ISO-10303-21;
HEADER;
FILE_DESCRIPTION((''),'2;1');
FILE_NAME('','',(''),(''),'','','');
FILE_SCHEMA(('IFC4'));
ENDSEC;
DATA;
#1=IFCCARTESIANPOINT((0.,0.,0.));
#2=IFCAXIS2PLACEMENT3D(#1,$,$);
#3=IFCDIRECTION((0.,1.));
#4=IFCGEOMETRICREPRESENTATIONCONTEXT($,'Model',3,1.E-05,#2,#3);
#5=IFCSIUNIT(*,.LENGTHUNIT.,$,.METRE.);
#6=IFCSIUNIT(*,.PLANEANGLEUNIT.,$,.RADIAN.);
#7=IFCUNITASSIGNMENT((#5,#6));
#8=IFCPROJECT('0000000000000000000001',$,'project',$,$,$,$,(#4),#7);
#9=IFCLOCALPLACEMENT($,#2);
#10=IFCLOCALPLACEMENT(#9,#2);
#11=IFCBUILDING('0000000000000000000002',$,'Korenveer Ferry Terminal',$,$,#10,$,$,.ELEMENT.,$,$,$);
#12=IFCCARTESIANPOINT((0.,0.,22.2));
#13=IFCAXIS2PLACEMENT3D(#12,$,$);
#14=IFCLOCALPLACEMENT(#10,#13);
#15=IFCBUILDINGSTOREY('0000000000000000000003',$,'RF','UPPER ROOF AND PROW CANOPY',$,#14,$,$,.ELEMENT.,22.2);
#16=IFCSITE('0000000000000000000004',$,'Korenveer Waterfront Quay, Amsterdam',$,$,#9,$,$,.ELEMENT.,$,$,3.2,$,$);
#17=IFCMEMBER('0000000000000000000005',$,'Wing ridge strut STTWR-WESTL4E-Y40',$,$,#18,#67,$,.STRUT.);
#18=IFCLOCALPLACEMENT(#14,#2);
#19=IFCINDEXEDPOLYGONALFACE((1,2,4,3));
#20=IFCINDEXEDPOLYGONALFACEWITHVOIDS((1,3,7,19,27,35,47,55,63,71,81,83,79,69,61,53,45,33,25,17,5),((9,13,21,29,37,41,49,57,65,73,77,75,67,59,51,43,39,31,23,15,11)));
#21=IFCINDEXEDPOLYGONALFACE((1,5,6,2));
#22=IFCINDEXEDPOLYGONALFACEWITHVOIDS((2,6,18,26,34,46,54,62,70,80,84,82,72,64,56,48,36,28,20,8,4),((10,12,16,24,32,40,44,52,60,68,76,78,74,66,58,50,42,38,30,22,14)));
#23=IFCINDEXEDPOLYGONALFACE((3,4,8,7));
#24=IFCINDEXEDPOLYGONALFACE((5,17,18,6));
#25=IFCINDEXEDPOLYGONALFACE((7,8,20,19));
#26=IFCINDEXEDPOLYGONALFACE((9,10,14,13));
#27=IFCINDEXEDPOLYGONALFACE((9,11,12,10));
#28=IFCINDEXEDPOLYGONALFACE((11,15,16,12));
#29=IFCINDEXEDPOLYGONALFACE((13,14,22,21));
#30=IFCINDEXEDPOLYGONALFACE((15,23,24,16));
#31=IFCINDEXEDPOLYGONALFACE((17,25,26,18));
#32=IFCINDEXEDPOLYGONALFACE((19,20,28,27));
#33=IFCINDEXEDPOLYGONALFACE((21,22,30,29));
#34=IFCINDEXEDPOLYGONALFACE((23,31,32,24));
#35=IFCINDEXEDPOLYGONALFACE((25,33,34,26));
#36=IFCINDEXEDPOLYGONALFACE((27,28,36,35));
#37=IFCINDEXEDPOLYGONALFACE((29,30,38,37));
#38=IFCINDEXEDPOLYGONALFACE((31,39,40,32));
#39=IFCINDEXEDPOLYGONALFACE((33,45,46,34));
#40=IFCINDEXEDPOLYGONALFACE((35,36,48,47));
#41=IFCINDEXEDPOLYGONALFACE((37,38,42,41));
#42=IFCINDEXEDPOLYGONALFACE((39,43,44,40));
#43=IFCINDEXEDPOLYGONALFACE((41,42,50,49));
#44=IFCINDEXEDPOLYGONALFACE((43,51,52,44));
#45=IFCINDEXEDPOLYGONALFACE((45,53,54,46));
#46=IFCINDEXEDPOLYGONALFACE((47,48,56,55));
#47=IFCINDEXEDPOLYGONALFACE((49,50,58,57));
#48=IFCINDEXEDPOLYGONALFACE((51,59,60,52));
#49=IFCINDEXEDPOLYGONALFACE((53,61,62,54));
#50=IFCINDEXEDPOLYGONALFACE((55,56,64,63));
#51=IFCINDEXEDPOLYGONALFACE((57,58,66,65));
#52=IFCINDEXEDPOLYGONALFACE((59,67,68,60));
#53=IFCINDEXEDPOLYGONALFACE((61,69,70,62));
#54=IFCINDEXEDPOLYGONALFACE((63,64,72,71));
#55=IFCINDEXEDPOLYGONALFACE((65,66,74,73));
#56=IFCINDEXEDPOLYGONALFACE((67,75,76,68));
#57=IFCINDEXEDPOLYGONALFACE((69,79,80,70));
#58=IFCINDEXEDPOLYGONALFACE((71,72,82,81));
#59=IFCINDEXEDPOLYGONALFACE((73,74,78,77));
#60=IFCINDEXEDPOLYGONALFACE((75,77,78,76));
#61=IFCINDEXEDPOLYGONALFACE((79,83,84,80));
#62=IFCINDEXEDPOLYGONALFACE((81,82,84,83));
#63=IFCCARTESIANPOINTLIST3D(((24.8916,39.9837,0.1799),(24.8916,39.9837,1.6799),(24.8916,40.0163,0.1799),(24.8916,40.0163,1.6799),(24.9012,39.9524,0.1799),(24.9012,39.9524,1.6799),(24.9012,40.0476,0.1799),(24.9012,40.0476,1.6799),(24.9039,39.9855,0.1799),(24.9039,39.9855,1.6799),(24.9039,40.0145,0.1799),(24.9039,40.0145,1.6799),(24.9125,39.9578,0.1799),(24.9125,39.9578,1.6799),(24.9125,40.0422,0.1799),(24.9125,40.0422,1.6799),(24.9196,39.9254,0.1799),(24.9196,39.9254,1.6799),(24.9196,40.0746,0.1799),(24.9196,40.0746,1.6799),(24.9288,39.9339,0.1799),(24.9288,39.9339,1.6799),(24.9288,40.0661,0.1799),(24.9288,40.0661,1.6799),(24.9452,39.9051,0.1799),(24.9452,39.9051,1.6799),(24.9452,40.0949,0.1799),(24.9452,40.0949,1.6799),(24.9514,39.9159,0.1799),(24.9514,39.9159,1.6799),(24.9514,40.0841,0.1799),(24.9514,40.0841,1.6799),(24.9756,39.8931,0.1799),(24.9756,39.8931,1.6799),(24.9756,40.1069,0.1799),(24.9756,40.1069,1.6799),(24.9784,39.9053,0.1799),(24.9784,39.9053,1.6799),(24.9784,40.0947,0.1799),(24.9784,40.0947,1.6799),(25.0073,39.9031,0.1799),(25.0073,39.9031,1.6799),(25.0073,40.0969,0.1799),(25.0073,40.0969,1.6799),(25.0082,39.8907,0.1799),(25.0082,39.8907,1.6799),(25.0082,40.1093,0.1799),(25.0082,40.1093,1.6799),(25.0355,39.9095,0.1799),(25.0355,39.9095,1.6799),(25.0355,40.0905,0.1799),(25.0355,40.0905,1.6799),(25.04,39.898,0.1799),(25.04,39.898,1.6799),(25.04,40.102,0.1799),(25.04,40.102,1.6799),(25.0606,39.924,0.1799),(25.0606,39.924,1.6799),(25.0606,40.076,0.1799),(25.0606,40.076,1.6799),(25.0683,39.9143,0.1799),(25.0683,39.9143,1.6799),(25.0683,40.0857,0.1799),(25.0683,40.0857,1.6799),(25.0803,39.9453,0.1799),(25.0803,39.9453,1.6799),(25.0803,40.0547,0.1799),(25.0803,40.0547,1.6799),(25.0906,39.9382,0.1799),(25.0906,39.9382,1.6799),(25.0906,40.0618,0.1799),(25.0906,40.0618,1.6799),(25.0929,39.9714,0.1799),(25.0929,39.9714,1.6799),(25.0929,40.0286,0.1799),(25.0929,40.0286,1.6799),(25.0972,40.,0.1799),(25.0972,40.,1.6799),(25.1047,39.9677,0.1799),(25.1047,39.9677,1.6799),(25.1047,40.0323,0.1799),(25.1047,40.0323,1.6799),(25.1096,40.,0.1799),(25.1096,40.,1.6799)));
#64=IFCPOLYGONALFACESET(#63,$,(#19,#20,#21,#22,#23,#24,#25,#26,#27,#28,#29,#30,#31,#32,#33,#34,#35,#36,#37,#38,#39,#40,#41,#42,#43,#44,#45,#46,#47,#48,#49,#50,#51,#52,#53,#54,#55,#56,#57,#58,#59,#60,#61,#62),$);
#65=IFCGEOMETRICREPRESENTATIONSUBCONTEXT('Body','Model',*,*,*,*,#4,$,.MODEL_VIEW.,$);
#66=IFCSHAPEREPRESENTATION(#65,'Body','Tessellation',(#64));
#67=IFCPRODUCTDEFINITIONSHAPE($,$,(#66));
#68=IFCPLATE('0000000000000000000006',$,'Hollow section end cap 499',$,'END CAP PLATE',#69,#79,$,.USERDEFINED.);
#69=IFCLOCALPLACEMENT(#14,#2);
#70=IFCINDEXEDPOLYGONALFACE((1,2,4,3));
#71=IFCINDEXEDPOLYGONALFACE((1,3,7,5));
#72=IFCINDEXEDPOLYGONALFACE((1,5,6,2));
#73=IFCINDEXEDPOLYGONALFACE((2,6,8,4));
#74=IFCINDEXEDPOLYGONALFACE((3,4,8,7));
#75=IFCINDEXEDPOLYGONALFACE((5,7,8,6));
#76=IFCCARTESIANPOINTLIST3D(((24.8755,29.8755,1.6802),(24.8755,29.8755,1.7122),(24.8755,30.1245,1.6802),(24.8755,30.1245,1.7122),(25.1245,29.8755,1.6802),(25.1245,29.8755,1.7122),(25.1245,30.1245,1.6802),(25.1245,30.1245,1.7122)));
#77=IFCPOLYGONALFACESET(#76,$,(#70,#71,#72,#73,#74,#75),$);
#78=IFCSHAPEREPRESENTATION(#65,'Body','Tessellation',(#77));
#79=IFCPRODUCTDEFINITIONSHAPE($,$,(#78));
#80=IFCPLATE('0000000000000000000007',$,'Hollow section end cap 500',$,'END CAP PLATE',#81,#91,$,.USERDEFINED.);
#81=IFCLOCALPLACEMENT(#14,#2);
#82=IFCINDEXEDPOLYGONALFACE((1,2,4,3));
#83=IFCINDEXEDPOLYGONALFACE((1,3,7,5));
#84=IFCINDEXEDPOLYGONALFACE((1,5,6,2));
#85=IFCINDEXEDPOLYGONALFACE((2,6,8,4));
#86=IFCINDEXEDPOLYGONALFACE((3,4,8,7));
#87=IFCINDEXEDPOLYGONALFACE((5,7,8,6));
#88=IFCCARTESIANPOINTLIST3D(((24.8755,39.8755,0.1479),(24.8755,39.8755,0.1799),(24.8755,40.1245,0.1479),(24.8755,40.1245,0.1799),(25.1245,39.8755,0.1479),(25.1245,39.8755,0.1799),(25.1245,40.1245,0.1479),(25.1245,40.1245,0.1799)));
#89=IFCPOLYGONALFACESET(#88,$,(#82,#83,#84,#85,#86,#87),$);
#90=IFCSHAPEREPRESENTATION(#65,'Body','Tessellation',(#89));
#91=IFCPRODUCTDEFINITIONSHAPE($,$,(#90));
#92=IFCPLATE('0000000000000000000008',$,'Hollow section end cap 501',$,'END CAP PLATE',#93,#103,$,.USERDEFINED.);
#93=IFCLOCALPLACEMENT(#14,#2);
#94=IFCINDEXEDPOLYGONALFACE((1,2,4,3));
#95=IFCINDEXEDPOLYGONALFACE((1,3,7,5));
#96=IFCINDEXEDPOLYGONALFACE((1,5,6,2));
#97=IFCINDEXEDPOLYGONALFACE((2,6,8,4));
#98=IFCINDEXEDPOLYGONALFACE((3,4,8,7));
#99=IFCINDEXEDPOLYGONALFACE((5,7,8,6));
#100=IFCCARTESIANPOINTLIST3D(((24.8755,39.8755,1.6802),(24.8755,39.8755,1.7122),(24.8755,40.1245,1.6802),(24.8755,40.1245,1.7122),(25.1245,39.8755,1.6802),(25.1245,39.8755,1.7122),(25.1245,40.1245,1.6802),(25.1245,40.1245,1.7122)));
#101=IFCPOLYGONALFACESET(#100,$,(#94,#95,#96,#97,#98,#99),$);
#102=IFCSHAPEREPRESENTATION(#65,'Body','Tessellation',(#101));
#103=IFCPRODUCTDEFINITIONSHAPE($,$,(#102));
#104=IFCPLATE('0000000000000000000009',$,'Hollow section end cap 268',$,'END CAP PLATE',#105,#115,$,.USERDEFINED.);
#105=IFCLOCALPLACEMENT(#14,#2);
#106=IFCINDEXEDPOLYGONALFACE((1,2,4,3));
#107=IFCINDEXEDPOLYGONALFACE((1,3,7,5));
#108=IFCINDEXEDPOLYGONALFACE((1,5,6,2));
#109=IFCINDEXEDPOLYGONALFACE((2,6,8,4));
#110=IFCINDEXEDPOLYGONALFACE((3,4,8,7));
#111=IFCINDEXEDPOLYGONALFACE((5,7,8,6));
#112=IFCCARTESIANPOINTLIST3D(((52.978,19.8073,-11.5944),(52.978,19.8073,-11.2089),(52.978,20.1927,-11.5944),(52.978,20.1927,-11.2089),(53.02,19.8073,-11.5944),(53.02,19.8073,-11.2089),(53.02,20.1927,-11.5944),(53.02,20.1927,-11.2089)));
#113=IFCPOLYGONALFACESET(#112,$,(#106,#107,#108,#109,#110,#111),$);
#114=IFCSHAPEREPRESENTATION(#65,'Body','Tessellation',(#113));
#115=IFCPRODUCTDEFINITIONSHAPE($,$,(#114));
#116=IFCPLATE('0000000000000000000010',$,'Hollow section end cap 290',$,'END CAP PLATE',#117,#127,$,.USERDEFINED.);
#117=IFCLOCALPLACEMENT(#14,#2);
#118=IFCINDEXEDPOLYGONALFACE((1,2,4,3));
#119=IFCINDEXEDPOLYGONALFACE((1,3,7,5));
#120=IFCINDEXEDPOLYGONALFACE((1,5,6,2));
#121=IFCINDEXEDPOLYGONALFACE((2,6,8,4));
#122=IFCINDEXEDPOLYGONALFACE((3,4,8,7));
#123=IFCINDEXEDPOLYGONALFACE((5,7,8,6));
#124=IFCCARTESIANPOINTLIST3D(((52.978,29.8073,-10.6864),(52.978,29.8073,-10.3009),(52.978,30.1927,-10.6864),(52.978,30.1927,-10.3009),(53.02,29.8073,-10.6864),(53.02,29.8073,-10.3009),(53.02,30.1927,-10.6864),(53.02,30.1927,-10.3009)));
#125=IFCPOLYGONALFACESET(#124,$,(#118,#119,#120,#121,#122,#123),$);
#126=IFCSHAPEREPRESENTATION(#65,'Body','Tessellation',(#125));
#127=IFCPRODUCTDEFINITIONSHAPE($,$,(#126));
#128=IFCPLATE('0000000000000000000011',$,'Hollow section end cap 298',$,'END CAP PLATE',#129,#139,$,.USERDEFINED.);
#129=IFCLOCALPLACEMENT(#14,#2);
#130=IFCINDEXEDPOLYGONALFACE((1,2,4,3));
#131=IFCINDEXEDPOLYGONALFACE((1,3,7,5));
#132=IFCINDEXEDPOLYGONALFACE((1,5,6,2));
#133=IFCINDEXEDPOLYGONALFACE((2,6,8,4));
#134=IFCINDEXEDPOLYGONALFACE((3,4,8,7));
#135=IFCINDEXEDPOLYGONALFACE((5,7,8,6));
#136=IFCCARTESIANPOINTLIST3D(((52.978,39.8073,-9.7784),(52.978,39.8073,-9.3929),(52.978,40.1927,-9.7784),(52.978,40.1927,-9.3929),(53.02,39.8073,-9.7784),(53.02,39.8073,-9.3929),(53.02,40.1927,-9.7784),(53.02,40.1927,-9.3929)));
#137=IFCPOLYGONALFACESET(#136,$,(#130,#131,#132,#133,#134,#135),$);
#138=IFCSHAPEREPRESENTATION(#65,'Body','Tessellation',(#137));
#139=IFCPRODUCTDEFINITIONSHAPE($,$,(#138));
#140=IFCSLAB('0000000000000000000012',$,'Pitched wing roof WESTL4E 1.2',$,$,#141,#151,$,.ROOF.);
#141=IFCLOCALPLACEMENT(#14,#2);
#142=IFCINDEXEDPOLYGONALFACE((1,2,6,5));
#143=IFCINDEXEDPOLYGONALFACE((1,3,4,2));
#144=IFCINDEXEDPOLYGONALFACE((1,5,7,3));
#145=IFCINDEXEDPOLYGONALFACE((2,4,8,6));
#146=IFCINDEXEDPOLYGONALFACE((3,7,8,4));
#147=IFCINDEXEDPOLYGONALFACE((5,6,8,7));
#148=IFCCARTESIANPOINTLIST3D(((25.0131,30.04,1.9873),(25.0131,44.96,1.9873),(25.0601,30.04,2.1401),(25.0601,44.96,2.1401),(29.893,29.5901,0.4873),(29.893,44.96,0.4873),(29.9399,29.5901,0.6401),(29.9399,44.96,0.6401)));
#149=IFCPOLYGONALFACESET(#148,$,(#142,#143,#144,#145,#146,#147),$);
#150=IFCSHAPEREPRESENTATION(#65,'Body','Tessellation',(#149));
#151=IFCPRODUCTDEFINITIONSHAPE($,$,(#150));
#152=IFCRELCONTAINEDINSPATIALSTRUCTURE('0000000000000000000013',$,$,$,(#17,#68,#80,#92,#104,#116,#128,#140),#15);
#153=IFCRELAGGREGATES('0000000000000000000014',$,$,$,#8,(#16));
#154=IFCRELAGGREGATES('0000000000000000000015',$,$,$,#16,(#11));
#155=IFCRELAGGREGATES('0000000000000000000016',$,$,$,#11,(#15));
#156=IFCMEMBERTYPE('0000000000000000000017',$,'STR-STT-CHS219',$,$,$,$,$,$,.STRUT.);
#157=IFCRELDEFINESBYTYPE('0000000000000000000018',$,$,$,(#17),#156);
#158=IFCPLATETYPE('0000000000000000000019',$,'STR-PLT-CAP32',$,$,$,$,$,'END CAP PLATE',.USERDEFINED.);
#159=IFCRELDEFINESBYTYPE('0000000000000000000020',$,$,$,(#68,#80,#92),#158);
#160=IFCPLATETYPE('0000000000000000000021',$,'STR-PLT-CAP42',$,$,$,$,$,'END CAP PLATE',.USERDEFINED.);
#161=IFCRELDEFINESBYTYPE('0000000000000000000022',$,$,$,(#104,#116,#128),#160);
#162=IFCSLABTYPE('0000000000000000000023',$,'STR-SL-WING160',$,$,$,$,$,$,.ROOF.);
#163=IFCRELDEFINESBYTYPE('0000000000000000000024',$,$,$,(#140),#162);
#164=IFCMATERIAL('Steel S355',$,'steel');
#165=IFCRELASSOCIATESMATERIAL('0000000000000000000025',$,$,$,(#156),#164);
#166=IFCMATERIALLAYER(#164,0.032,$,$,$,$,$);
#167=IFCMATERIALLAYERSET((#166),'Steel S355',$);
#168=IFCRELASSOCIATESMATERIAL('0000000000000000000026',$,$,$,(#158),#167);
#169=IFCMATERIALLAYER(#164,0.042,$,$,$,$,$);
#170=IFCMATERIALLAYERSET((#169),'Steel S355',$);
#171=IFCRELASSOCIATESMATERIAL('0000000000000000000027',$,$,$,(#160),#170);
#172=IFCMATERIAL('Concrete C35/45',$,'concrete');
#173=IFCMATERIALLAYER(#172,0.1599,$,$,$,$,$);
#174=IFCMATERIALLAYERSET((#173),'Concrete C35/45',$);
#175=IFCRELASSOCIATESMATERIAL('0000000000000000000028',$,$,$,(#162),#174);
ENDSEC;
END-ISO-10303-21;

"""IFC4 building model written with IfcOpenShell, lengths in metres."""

from ifc_helpers import new_model, si_unit, direction, frame, origin, origin_2d, place, context, subcontext, project, spatial, polyline, rectangle, hollow_circle, outline, extrude, material, layer, layer_set, material_profile, profile_set, type_object, element, save


model = new_model("IFC4")

# Units and contexts
model_context = context("Model", 3, precision=1e-05, world=origin(), true_north=direction((0.0, 1.0)))
body_context = subcontext(model_context, "Body", "Model", "MODEL_VIEW")
ifc_project = project(units=[si_unit("LENGTHUNIT", "METRE"), si_unit("PLANEANGLEUNIT", "RADIAN")], contexts=[model_context])

# Site, building, storey
site_placement = place(None, origin())
site = spatial("IfcSite", under=ifc_project, at=site_placement, Name="Korenveer Waterfront Quay, Amsterdam", CompositionType="ELEMENT", RefElevation=3.2)
building_placement = place(site_placement, origin())
building = spatial("IfcBuilding", under=site, at=building_placement, Name="Korenveer Ferry Terminal", CompositionType="ELEMENT")
storey_placement = place(building_placement, frame((0.0, 0.0, 22.2)))
storey = spatial("IfcBuildingStorey", under=building, at=storey_placement, Name="RF", Description="UPPER ROOF AND PROW CANOPY", CompositionType="ELEMENT", Elevation=22.2)

# Shared definitions
ifc_material_1 = material(Name="Steel S355", Category="steel")

# Member
ifc_material_profile_1 = material_profile(ifc_material_1, hollow_circle(Radius=0.1096, WallThickness=0.0125, at=origin_2d()), Name="CHS 219.1x12.5")
ifc_profile_set_1 = profile_set([ifc_material_profile_1], Name="Steel S355")
member_type_1 = type_object("IfcMemberType", Name="STR-STT-CHS219", PredefinedType="STRUT", material=ifc_profile_set_1)
member_1_placement = place(storey_placement, frame((25.0, 40.0, 0.1799), z_axis=(0.0, 0.0, 1.0), x_axis=(1.0, 0.0, 0.0)))
element("IfcMember", 1, at=member_1_placement, inside=storey, type_object=member_type_1, Name="Wing ridge strut STTWR-WESTL4E-Y40", PredefinedType="STRUT", context=body_context, shape_type="SweptSolid", body=[
    extrude(hollow_circle(Radius=0.1096, WallThickness=0.0125, at=origin_2d()), origin(), (0.0, 0.0, 1.0), 1.5),
])

# Plates
ifc_layer_1 = layer(ifc_material_1, 0.032)
ifc_layer_set_1 = layer_set([ifc_layer_1], Name="Steel S355")
plate_type_1 = type_object("IfcPlateType", Name="STR-PLT-CAP32", ElementType="END CAP PLATE", PredefinedType="USERDEFINED", material=ifc_layer_set_1)
for number, where, z_axis, x_axis, name in (
    (2, (25.0, 30.0, 1.6802), (0.0, 0.0, 1.0), (1.0, 0.0, 0.0), "Hollow section end cap 499"),
    (3, (25.0, 40.0, 0.1479), (0.0, 0.0, 1.0), (1.0, 0.0, 0.0), "Hollow section end cap 500"),
    (4, (25.0, 40.0, 1.6802), (0.0, 0.0, 1.0), (1.0, 0.0, 0.0), "Hollow section end cap 501"),
):
    element("IfcPlate", number, at=place(storey_placement, frame(where, z_axis=z_axis, x_axis=x_axis)), inside=storey, type_object=plate_type_1, Name=name, ObjectType="END CAP PLATE", PredefinedType="USERDEFINED", context=body_context, shape_type="SweptSolid", body=[
        extrude(rectangle(XDim=0.249, YDim=0.249, at=origin_2d()), origin(), (0.0, 0.0, 1.0), 0.032),
    ])
ifc_layer_2 = layer(ifc_material_1, 0.042)
ifc_layer_set_2 = layer_set([ifc_layer_2], Name="Steel S355")
plate_type_2 = type_object("IfcPlateType", Name="STR-PLT-CAP42", ElementType="END CAP PLATE", PredefinedType="USERDEFINED", material=ifc_layer_set_2)
for number, where, z_axis, x_axis, name in (
    (5, (52.978, 20.0, -11.4016), (1.0, 0.0, 0.0), (0.0, 1.0, 0.0), "Hollow section end cap 268"),
    (6, (52.978, 30.0, -10.4937), (1.0, 0.0, 0.0), (0.0, 1.0, 0.0), "Hollow section end cap 290"),
    (7, (52.978, 40.0, -9.5857), (1.0, 0.0, 0.0), (0.0, 1.0, 0.0), "Hollow section end cap 298"),
):
    element("IfcPlate", number, at=place(storey_placement, frame(where, z_axis=z_axis, x_axis=x_axis)), inside=storey, type_object=plate_type_2, Name=name, ObjectType="END CAP PLATE", PredefinedType="USERDEFINED", context=body_context, shape_type="SweptSolid", body=[
        extrude(rectangle(XDim=0.3855, YDim=0.3855, at=origin_2d()), origin(), (0.0, 0.0, 1.0), 0.042),
    ])

# Slab
ifc_material_2 = material(Name="Concrete C35/45", Category="concrete")
ifc_layer_3 = layer(ifc_material_2, 0.1599)
ifc_layer_set_3 = layer_set([ifc_layer_3], Name="Concrete C35/45")
slab_type = type_object("IfcSlabType", Name="STR-SL-WING160", PredefinedType="ROOF", material=ifc_layer_set_3)
slab_placement = place(storey_placement, frame((25.0601, 30.04, 2.1401), z_axis=(0.293817, 0.0, 0.955862), x_axis=(0.952171, -0.087795, -0.292682)))
element("IfcSlab", 8, at=slab_placement, inside=storey, type_object=slab_type, Name="Pitched wing roof WESTL4E 1.2", PredefinedType="ROOF", context=body_context, shape_type="SweptSolid", body=[
    extrude(outline(polyline([(0.0, 0.0), (5.125, 0.0), (3.7756, 15.3105), (-1.3099, 14.8623), (0.0, 0.0)])), origin(), (0.0, 0.0, -1.0), 0.1599),
])

save(model, "model.ifc")
